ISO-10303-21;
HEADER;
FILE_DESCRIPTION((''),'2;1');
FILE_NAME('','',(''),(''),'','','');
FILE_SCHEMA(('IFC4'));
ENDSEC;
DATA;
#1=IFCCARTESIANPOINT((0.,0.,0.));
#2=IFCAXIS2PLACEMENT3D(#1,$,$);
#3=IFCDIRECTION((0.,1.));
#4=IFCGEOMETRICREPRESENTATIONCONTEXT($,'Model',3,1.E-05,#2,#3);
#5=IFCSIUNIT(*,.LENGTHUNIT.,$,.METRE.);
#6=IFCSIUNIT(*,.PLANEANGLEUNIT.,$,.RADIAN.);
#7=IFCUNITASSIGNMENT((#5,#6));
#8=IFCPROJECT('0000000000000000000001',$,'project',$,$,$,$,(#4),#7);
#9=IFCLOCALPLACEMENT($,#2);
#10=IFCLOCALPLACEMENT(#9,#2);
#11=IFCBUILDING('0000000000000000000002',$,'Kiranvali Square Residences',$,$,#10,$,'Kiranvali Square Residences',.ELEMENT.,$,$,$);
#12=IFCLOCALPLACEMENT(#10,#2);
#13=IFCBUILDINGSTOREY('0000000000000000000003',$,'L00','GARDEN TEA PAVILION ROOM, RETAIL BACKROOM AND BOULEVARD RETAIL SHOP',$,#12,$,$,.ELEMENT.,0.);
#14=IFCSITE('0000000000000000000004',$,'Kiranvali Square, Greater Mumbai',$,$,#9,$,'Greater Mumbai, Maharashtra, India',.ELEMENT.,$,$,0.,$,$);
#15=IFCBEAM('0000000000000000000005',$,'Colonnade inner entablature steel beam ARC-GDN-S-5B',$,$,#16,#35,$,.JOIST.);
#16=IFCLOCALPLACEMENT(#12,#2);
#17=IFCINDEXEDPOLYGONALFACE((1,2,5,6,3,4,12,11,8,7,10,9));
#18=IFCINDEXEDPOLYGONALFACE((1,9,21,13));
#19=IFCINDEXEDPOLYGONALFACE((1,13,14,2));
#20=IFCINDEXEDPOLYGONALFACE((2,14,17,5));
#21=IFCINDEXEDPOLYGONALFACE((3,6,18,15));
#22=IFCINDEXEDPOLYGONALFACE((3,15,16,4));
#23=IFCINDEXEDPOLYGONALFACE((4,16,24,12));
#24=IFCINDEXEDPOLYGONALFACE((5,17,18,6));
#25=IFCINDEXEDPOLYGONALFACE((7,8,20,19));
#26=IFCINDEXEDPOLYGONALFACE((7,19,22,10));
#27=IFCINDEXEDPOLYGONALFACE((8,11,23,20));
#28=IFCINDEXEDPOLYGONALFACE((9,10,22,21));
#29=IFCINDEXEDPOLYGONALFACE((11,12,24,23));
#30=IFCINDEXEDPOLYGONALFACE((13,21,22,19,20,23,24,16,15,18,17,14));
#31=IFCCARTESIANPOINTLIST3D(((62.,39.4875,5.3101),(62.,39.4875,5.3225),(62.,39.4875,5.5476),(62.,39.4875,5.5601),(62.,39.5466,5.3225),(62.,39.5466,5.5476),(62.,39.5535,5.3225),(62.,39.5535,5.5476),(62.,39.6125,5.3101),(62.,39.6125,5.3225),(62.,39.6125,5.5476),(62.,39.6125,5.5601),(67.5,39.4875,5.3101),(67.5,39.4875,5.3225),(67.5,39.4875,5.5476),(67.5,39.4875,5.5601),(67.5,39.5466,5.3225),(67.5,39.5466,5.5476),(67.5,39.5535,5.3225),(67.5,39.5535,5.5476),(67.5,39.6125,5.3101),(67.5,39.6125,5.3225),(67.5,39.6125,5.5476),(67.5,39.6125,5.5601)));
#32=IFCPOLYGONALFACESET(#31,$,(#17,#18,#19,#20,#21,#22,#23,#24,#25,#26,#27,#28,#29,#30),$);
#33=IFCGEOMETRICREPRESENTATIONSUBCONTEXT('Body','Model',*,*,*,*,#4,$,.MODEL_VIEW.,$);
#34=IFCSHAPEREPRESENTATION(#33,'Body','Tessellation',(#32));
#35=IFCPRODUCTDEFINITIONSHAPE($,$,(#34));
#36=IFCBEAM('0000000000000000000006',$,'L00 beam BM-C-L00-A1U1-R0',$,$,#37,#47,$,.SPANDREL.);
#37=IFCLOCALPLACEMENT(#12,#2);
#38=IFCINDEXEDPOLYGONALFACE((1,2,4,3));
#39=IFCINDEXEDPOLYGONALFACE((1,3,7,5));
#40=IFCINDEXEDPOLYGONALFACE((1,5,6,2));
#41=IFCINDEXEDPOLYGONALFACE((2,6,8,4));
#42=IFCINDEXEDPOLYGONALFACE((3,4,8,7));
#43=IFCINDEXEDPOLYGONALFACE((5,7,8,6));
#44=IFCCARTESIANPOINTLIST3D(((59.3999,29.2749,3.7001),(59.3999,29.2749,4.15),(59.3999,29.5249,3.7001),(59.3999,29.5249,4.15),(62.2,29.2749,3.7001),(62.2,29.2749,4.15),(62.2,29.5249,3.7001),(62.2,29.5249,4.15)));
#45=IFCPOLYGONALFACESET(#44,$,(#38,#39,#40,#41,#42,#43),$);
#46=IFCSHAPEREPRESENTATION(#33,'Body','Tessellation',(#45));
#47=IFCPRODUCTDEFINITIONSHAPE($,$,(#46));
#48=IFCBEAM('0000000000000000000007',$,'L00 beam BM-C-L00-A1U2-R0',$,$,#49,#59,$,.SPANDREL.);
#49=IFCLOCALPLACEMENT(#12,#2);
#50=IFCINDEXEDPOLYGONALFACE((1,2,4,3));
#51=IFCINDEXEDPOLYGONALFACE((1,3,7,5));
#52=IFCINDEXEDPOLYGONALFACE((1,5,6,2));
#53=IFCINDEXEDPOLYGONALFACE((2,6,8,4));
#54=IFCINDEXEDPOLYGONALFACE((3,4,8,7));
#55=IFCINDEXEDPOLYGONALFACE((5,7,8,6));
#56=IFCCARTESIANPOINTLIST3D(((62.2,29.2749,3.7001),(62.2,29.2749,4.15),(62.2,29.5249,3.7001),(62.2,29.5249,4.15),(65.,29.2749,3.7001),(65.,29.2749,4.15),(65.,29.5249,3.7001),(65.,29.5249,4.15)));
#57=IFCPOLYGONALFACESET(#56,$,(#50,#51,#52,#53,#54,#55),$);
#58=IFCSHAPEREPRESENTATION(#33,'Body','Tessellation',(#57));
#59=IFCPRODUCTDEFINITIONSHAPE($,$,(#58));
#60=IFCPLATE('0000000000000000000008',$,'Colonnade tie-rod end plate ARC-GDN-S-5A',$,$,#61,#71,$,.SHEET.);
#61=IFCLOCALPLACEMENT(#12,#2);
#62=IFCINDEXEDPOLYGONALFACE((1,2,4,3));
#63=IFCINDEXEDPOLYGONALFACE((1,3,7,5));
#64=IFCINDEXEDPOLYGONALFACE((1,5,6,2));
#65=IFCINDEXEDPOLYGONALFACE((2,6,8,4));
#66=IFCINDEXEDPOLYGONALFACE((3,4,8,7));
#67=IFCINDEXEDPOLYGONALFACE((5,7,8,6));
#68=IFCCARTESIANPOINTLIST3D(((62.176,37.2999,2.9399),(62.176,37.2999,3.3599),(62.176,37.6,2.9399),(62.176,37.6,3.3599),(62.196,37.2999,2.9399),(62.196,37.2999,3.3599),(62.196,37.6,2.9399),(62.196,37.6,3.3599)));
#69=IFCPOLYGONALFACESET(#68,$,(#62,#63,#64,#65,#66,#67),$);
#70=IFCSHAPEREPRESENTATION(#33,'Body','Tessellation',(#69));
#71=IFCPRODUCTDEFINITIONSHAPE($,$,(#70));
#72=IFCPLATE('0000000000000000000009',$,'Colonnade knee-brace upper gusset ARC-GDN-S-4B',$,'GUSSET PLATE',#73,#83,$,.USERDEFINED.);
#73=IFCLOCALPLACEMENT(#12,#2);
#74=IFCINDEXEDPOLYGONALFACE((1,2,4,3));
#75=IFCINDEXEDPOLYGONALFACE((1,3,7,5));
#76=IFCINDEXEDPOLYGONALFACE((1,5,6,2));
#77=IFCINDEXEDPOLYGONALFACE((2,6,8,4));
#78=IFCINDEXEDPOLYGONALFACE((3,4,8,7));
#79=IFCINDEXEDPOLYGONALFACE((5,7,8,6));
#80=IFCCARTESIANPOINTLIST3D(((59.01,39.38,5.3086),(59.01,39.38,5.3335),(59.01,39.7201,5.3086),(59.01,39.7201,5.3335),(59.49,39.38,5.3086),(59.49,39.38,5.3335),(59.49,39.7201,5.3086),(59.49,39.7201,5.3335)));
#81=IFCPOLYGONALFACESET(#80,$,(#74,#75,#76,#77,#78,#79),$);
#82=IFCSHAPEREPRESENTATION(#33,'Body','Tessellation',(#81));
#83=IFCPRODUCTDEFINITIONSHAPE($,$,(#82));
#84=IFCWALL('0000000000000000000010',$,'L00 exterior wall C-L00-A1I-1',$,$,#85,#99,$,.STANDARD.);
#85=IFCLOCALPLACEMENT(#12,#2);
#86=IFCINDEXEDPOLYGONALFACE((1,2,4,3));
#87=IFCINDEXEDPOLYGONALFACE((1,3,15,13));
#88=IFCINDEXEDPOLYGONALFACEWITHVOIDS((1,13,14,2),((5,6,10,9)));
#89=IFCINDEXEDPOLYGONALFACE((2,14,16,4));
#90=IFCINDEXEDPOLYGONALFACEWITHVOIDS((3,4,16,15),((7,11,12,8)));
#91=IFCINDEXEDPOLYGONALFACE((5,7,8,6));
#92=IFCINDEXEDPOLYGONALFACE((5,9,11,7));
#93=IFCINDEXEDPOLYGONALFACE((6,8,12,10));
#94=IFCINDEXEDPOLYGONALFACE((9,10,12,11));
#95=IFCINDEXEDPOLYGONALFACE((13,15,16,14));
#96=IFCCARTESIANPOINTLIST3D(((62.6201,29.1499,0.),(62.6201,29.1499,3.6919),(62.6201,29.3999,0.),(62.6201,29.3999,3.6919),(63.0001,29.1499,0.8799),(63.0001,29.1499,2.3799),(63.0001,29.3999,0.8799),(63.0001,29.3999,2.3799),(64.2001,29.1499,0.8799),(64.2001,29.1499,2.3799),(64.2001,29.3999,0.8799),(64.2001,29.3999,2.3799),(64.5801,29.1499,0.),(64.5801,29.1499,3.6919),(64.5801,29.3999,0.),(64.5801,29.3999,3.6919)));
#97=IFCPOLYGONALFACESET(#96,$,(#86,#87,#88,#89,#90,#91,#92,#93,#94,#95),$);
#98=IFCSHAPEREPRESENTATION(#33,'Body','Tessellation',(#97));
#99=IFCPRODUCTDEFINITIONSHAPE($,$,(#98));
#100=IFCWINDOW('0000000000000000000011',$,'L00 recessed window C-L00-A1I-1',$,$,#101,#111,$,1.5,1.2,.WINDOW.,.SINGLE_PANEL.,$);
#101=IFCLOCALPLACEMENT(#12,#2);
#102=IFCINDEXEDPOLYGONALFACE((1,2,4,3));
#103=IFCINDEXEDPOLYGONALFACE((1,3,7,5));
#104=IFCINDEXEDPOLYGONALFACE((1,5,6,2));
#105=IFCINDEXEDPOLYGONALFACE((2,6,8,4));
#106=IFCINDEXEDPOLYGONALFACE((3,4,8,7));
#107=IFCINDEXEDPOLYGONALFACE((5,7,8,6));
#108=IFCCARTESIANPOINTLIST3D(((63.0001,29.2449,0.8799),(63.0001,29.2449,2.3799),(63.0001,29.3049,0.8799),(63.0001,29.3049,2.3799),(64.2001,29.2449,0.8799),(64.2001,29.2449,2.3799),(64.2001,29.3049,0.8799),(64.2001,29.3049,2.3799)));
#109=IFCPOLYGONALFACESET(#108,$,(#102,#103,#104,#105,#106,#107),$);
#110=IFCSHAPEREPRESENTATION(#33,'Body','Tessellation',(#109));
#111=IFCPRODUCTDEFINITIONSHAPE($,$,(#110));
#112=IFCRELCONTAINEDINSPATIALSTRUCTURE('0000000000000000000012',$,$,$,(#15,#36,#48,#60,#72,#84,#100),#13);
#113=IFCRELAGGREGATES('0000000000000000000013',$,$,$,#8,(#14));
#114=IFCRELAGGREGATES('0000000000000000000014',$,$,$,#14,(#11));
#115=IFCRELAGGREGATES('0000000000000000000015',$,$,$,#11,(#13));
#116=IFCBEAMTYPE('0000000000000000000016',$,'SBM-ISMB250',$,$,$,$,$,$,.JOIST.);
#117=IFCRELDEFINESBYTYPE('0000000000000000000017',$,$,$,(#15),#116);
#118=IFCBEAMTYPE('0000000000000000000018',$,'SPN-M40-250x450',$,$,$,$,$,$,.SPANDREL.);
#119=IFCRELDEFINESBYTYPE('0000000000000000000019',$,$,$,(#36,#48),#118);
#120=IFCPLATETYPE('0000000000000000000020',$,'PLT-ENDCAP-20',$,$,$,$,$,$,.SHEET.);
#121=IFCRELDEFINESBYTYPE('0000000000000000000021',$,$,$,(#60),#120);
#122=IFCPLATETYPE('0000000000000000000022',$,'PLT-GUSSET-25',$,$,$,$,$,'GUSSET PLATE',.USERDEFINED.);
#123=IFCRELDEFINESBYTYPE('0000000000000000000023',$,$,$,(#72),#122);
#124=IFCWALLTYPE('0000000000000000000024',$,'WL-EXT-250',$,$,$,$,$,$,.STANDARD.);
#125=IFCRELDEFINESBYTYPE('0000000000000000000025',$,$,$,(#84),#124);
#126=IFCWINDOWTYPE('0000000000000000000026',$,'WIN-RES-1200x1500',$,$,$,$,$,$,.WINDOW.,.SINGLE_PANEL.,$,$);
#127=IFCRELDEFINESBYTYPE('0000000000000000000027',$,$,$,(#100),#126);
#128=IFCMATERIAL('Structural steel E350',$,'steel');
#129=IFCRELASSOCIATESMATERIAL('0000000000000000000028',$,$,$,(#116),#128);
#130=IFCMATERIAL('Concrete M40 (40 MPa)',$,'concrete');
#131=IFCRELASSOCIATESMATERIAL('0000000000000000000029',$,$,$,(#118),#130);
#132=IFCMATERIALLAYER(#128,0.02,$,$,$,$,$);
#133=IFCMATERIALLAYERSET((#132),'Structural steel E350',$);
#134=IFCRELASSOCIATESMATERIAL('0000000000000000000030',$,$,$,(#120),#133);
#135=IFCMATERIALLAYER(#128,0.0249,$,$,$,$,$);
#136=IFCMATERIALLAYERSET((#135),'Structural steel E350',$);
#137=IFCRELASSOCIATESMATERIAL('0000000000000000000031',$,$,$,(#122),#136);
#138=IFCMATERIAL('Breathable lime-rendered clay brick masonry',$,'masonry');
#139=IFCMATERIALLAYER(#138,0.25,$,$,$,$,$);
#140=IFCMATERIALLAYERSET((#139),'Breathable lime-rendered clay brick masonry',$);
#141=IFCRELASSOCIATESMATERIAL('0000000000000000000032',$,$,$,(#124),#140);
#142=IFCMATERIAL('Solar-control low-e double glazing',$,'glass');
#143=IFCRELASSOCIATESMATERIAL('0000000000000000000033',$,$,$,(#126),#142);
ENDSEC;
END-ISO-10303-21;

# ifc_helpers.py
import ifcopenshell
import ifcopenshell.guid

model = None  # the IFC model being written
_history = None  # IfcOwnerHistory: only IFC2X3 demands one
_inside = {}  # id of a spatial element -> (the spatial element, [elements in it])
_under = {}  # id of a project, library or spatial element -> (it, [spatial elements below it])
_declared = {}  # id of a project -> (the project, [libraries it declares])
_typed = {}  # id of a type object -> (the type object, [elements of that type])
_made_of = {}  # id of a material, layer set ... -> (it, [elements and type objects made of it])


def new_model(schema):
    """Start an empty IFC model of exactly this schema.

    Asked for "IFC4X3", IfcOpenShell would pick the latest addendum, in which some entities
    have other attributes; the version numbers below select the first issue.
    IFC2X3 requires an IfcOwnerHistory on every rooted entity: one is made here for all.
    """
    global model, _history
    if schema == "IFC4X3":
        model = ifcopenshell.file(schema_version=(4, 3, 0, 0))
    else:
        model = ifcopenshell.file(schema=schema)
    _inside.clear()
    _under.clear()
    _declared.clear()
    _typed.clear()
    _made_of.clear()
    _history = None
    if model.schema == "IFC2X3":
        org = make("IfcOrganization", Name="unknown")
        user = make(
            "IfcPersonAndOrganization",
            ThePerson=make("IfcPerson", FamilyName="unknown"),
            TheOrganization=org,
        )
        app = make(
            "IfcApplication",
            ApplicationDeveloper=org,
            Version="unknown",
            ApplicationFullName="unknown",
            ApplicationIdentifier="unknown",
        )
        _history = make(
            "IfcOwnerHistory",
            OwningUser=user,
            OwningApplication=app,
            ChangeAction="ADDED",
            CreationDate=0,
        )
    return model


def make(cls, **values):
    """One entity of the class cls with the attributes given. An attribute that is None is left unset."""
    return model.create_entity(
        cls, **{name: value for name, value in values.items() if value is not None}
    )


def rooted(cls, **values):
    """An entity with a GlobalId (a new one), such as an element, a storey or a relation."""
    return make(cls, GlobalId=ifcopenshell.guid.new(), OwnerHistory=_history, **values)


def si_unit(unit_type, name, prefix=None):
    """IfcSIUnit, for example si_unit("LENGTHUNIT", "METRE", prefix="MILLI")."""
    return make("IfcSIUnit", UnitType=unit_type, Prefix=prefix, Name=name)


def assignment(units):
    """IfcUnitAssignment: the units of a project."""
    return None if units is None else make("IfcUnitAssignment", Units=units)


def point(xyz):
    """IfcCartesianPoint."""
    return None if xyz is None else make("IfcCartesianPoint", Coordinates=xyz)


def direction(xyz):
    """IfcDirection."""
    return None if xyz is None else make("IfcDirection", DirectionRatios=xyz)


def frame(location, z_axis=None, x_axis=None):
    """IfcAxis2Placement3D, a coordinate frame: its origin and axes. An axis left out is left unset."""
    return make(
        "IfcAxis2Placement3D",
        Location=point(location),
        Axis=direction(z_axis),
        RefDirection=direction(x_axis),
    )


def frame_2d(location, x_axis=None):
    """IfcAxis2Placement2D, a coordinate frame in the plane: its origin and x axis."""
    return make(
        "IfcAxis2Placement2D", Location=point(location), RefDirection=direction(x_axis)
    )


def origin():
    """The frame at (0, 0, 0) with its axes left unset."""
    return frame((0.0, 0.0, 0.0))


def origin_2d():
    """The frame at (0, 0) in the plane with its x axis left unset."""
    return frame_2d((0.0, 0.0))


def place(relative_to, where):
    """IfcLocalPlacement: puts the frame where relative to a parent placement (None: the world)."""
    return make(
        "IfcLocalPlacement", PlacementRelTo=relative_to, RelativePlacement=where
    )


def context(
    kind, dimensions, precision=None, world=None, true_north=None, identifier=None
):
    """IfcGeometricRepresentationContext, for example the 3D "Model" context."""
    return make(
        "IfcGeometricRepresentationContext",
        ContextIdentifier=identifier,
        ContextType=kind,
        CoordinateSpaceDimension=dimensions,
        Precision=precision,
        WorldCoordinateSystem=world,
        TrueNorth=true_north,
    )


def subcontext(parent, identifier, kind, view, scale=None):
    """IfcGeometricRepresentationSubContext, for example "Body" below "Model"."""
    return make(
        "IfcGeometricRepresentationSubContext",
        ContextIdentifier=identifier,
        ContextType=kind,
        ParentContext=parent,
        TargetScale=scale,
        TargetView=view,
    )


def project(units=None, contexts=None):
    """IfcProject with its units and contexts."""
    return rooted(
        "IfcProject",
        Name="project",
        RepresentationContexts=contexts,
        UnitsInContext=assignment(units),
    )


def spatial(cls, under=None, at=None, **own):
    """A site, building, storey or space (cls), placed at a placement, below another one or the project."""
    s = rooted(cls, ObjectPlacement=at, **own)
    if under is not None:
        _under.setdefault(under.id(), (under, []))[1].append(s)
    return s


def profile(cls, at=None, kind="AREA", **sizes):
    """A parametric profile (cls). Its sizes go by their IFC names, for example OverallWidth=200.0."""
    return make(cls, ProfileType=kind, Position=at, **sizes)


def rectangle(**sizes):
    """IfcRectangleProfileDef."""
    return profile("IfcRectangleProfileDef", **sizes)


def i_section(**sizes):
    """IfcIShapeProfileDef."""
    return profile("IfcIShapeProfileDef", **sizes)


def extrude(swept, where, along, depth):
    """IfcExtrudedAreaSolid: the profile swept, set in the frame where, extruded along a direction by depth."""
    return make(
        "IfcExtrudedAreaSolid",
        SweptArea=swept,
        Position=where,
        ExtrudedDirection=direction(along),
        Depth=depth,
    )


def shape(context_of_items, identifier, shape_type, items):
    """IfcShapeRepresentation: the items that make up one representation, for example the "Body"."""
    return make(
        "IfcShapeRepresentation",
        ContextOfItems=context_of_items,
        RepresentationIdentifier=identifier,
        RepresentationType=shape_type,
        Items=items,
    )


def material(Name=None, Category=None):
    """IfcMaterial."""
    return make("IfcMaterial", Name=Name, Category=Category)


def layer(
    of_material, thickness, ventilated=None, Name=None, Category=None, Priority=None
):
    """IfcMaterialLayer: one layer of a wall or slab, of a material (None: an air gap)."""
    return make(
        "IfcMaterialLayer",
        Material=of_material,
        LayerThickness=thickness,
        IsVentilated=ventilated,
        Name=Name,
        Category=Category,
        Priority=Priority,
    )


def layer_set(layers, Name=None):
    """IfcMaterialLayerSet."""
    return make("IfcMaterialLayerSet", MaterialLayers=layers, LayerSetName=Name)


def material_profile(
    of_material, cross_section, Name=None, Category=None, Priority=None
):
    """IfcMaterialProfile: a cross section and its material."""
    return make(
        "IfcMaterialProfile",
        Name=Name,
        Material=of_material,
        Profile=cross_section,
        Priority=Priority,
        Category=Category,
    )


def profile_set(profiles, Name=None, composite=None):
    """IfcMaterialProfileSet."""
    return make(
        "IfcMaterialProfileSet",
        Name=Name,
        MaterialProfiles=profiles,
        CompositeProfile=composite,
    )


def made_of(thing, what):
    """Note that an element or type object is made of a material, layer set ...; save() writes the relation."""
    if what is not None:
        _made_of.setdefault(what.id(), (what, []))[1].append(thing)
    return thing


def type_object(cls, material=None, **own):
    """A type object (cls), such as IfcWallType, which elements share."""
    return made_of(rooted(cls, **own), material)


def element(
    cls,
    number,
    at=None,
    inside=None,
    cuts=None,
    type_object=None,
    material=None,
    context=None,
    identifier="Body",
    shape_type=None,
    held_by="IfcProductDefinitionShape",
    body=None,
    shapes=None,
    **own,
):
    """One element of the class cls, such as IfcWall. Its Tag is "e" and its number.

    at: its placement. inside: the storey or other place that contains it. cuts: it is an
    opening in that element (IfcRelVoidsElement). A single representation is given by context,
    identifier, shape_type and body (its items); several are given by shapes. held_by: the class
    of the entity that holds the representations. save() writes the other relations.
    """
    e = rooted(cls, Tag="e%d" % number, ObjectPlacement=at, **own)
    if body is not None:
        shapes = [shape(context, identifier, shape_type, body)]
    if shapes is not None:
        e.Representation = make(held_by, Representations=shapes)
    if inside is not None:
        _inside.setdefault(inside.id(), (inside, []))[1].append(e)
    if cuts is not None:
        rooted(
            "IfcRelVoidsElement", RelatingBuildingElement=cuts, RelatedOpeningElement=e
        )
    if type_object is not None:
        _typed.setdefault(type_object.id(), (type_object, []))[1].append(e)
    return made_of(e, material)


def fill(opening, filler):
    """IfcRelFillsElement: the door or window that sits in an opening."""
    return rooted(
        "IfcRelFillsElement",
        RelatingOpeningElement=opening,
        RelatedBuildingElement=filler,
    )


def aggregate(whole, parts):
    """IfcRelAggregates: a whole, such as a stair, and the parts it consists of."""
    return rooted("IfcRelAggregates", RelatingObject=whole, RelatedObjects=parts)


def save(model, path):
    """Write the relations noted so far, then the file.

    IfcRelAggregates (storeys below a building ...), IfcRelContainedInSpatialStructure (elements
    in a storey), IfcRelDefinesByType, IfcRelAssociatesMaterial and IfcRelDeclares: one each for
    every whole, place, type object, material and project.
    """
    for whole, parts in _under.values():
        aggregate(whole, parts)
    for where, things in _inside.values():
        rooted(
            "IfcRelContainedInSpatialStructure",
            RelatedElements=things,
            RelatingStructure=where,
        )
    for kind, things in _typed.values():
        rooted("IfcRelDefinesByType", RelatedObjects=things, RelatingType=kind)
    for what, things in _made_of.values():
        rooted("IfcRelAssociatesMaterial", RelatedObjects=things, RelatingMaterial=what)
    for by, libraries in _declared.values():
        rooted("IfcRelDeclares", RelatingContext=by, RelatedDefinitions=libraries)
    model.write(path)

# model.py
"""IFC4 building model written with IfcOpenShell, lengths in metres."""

from ifc_helpers import new_model, si_unit, direction, frame, frame_2d, origin, origin_2d, place, context, subcontext, project, spatial, rectangle, i_section, extrude, material, layer, layer_set, material_profile, profile_set, type_object, element, fill, save


model = new_model("IFC4")

# Units and contexts
model_context = context("Model", 3, precision=1e-05, world=origin(), true_north=direction((0.0, 1.0)))
body_context = subcontext(model_context, "Body", "Model", "MODEL_VIEW")
ifc_project = project(units=[si_unit("LENGTHUNIT", "METRE"), si_unit("PLANEANGLEUNIT", "RADIAN")], contexts=[model_context])

# Site, building, storey
site_placement = place(None, origin())
site = spatial("IfcSite", under=ifc_project, at=site_placement, Name="Kiranvali Square, Greater Mumbai", LongName="Greater Mumbai, Maharashtra, India", CompositionType="ELEMENT", RefElevation=0.0)
building_placement = place(site_placement, origin())
building = spatial("IfcBuilding", under=site, at=building_placement, Name="Kiranvali Square Residences", LongName="Kiranvali Square Residences", CompositionType="ELEMENT")
storey_placement = place(building_placement, origin())
storey = spatial("IfcBuildingStorey", under=building, at=storey_placement, Name="L00", Description="GARDEN TEA PAVILION ROOM, RETAIL BACKROOM AND BOULEVARD RETAIL SHOP", CompositionType="ELEMENT", Elevation=0.0)

# Shared definitions
ifc_material_1 = material(Name="Concrete M40 (40 MPa)", Category="concrete")

# Shared definitions
ifc_material_2 = material(Name="Structural steel E350", Category="steel")

# Beams
ifc_material_profile_1 = material_profile(ifc_material_2, i_section(OverallWidth=0.125, OverallDepth=0.25, WebThickness=0.0068, FlangeThickness=0.0125, at=origin_2d()), Name="ISMB 250")
ifc_profile_set_1 = profile_set([ifc_material_profile_1], Name="Structural steel E350")
beam_type_1 = type_object("IfcBeamType", Name="SBM-ISMB250", PredefinedType="JOIST", material=ifc_profile_set_1)
for number, where, z_axis, x_axis, name in (
    (1, (62.0, 39.55, 5.4351), (1.0, 0.0, 0.0), (0.0, 1.0, 0.0), "Colonnade inner entablature steel beam ARC-GDN-S-5B"),
):
    element("IfcBeam", number, at=place(storey_placement, frame(where, z_axis=z_axis, x_axis=x_axis)), inside=storey, type_object=beam_type_1, Name=name, PredefinedType="JOIST", context=body_context, shape_type="SweptSolid", body=[
        extrude(i_section(OverallWidth=0.125, OverallDepth=0.25, WebThickness=0.0068, FlangeThickness=0.0125, at=origin_2d()), origin(), (0.0, 0.0, 1.0), 5.5),
    ])
ifc_material_profile_2 = material_profile(ifc_material_1, rectangle(XDim=0.25, YDim=0.45, at=origin_2d()), Name="RC 250x450")
ifc_profile_set_2 = profile_set([ifc_material_profile_2], Name="Concrete M40 (40 MPa)")
beam_type_2 = type_object("IfcBeamType", Name="SPN-M40-250x450", PredefinedType="SPANDREL", material=ifc_profile_set_2)
for number, where, z_axis, x_axis, name in (
    (2, (59.3999, 29.3999, 3.925), (1.0, 0.0, 0.0), (0.0, 1.0, 0.0), "L00 beam BM-C-L00-A1U1-R0"),
    (3, (62.2, 29.3999, 3.925), (1.0, 0.0, 0.0), (0.0, 1.0, 0.0), "L00 beam BM-C-L00-A1U2-R0"),
):
    element("IfcBeam", number, at=place(storey_placement, frame(where, z_axis=z_axis, x_axis=x_axis)), inside=storey, type_object=beam_type_2, Name=name, PredefinedType="SPANDREL", context=body_context, shape_type="SweptSolid", body=[
        extrude(rectangle(XDim=0.25, YDim=0.45, at=origin_2d()), origin(), (0.0, 0.0, 1.0), 2.8),
    ])

# Plates
ifc_layer_1 = layer(ifc_material_2, 0.02)
ifc_layer_set_1 = layer_set([ifc_layer_1], Name="Structural steel E350")
plate_type_1 = type_object("IfcPlateType", Name="PLT-ENDCAP-20", PredefinedType="SHEET", material=ifc_layer_set_1)
plate_1_placement = place(storey_placement, frame((62.186, 37.45, 2.9399), z_axis=(0.0, 0.0, 1.0), x_axis=(1.0, 0.0, 0.0)))
element("IfcPlate", 4, at=plate_1_placement, inside=storey, type_object=plate_type_1, Name="Colonnade tie-rod end plate ARC-GDN-S-5A", PredefinedType="SHEET", context=body_context, shape_type="SweptSolid", body=[
    extrude(rectangle(XDim=0.02, YDim=0.3, at=origin_2d()), origin(), (0.0, 0.0, 1.0), 0.4199),
])
ifc_layer_2 = layer(ifc_material_2, 0.0249)
ifc_layer_set_2 = layer_set([ifc_layer_2], Name="Structural steel E350")
plate_type_2 = type_object("IfcPlateType", Name="PLT-GUSSET-25", ElementType="GUSSET PLATE", PredefinedType="USERDEFINED", material=ifc_layer_set_2)
plate_2_placement = place(storey_placement, frame((59.25, 39.55, 5.3086), z_axis=(0.0, 0.0, 1.0), x_axis=(1.0, 0.0, 0.0)))
element("IfcPlate", 5, at=plate_2_placement, inside=storey, type_object=plate_type_2, Name="Colonnade knee-brace upper gusset ARC-GDN-S-4B", ObjectType="GUSSET PLATE", PredefinedType="USERDEFINED", context=body_context, shape_type="SweptSolid", body=[
    extrude(rectangle(XDim=0.48, YDim=0.3401, at=origin_2d()), origin(), (0.0, 0.0, 1.0), 0.0249),
])

# Shared definitions
ifc_material_3 = material(Name="Breathable lime-rendered clay brick masonry", Category="masonry")
ifc_layer_3 = layer(ifc_material_3, 0.25)
ifc_layer_set_3 = layer_set([ifc_layer_3], Name="Breathable lime-rendered clay brick masonry")
wall_type = type_object("IfcWallType", Name="WL-EXT-250", PredefinedType="STANDARD", material=ifc_layer_set_3)

# Wall, opening, window
wall_1_placement = place(storey_placement, frame((62.6201, 29.2749, 0.0), z_axis=(0.0, 0.0, 1.0), x_axis=(1.0, 0.0, 0.0)))
wall_1 = element("IfcWall", 6, at=wall_1_placement, inside=storey, type_object=wall_type, Name="L00 exterior wall C-L00-A1I-1", PredefinedType="STANDARD", context=body_context, shape_type="SweptSolid", body=[
    extrude(rectangle(XDim=1.96, YDim=0.25, at=frame_2d((0.98, 0.0))), origin(), (0.0, 0.0, 1.0), 3.6919),
])
opening_1_placement = place(wall_1_placement, frame((0.3799, 0.0, 0.8799)))
opening_1 = element("IfcOpeningElement", 7, at=opening_1_placement, cuts=wall_1, PredefinedType="OPENING", context=body_context, shape_type="SweptSolid", body=[
    extrude(rectangle(XDim=1.2, YDim=1.5, at=frame_2d((0.6001, 0.75))), frame((0.0, 0.135, 0.0), z_axis=(0.0, -1.0, 0.0), x_axis=(1.0, 0.0, 0.0)), (0.0, 0.0, 1.0), 0.27),
])
ifc_material_4 = material(Name="Solar-control low-e double glazing", Category="glass")
window_type = type_object("IfcWindowType", Name="WIN-RES-1200x1500", PartitioningType="SINGLE_PANEL", PredefinedType="WINDOW", material=ifc_material_4)
window_placement = place(opening_1_placement, origin())
window = element("IfcWindow", 8, at=window_placement, inside=storey, type_object=window_type, Name="L00 recessed window C-L00-A1I-1", OverallHeight=1.5, OverallWidth=1.2, PartitioningType="SINGLE_PANEL", PredefinedType="WINDOW", context=body_context, shape_type="SweptSolid", body=[
    extrude(rectangle(XDim=1.2, YDim=1.5, at=frame_2d((0.6001, 0.75))), frame((0.0, 0.03, 0.0), z_axis=(0.0, -1.0, 0.0), x_axis=(1.0, 0.0, 0.0)), (0.0, 0.0, 1.0), 0.0601),
])
fill(opening_1, window)

save(model, "model.ifc")
